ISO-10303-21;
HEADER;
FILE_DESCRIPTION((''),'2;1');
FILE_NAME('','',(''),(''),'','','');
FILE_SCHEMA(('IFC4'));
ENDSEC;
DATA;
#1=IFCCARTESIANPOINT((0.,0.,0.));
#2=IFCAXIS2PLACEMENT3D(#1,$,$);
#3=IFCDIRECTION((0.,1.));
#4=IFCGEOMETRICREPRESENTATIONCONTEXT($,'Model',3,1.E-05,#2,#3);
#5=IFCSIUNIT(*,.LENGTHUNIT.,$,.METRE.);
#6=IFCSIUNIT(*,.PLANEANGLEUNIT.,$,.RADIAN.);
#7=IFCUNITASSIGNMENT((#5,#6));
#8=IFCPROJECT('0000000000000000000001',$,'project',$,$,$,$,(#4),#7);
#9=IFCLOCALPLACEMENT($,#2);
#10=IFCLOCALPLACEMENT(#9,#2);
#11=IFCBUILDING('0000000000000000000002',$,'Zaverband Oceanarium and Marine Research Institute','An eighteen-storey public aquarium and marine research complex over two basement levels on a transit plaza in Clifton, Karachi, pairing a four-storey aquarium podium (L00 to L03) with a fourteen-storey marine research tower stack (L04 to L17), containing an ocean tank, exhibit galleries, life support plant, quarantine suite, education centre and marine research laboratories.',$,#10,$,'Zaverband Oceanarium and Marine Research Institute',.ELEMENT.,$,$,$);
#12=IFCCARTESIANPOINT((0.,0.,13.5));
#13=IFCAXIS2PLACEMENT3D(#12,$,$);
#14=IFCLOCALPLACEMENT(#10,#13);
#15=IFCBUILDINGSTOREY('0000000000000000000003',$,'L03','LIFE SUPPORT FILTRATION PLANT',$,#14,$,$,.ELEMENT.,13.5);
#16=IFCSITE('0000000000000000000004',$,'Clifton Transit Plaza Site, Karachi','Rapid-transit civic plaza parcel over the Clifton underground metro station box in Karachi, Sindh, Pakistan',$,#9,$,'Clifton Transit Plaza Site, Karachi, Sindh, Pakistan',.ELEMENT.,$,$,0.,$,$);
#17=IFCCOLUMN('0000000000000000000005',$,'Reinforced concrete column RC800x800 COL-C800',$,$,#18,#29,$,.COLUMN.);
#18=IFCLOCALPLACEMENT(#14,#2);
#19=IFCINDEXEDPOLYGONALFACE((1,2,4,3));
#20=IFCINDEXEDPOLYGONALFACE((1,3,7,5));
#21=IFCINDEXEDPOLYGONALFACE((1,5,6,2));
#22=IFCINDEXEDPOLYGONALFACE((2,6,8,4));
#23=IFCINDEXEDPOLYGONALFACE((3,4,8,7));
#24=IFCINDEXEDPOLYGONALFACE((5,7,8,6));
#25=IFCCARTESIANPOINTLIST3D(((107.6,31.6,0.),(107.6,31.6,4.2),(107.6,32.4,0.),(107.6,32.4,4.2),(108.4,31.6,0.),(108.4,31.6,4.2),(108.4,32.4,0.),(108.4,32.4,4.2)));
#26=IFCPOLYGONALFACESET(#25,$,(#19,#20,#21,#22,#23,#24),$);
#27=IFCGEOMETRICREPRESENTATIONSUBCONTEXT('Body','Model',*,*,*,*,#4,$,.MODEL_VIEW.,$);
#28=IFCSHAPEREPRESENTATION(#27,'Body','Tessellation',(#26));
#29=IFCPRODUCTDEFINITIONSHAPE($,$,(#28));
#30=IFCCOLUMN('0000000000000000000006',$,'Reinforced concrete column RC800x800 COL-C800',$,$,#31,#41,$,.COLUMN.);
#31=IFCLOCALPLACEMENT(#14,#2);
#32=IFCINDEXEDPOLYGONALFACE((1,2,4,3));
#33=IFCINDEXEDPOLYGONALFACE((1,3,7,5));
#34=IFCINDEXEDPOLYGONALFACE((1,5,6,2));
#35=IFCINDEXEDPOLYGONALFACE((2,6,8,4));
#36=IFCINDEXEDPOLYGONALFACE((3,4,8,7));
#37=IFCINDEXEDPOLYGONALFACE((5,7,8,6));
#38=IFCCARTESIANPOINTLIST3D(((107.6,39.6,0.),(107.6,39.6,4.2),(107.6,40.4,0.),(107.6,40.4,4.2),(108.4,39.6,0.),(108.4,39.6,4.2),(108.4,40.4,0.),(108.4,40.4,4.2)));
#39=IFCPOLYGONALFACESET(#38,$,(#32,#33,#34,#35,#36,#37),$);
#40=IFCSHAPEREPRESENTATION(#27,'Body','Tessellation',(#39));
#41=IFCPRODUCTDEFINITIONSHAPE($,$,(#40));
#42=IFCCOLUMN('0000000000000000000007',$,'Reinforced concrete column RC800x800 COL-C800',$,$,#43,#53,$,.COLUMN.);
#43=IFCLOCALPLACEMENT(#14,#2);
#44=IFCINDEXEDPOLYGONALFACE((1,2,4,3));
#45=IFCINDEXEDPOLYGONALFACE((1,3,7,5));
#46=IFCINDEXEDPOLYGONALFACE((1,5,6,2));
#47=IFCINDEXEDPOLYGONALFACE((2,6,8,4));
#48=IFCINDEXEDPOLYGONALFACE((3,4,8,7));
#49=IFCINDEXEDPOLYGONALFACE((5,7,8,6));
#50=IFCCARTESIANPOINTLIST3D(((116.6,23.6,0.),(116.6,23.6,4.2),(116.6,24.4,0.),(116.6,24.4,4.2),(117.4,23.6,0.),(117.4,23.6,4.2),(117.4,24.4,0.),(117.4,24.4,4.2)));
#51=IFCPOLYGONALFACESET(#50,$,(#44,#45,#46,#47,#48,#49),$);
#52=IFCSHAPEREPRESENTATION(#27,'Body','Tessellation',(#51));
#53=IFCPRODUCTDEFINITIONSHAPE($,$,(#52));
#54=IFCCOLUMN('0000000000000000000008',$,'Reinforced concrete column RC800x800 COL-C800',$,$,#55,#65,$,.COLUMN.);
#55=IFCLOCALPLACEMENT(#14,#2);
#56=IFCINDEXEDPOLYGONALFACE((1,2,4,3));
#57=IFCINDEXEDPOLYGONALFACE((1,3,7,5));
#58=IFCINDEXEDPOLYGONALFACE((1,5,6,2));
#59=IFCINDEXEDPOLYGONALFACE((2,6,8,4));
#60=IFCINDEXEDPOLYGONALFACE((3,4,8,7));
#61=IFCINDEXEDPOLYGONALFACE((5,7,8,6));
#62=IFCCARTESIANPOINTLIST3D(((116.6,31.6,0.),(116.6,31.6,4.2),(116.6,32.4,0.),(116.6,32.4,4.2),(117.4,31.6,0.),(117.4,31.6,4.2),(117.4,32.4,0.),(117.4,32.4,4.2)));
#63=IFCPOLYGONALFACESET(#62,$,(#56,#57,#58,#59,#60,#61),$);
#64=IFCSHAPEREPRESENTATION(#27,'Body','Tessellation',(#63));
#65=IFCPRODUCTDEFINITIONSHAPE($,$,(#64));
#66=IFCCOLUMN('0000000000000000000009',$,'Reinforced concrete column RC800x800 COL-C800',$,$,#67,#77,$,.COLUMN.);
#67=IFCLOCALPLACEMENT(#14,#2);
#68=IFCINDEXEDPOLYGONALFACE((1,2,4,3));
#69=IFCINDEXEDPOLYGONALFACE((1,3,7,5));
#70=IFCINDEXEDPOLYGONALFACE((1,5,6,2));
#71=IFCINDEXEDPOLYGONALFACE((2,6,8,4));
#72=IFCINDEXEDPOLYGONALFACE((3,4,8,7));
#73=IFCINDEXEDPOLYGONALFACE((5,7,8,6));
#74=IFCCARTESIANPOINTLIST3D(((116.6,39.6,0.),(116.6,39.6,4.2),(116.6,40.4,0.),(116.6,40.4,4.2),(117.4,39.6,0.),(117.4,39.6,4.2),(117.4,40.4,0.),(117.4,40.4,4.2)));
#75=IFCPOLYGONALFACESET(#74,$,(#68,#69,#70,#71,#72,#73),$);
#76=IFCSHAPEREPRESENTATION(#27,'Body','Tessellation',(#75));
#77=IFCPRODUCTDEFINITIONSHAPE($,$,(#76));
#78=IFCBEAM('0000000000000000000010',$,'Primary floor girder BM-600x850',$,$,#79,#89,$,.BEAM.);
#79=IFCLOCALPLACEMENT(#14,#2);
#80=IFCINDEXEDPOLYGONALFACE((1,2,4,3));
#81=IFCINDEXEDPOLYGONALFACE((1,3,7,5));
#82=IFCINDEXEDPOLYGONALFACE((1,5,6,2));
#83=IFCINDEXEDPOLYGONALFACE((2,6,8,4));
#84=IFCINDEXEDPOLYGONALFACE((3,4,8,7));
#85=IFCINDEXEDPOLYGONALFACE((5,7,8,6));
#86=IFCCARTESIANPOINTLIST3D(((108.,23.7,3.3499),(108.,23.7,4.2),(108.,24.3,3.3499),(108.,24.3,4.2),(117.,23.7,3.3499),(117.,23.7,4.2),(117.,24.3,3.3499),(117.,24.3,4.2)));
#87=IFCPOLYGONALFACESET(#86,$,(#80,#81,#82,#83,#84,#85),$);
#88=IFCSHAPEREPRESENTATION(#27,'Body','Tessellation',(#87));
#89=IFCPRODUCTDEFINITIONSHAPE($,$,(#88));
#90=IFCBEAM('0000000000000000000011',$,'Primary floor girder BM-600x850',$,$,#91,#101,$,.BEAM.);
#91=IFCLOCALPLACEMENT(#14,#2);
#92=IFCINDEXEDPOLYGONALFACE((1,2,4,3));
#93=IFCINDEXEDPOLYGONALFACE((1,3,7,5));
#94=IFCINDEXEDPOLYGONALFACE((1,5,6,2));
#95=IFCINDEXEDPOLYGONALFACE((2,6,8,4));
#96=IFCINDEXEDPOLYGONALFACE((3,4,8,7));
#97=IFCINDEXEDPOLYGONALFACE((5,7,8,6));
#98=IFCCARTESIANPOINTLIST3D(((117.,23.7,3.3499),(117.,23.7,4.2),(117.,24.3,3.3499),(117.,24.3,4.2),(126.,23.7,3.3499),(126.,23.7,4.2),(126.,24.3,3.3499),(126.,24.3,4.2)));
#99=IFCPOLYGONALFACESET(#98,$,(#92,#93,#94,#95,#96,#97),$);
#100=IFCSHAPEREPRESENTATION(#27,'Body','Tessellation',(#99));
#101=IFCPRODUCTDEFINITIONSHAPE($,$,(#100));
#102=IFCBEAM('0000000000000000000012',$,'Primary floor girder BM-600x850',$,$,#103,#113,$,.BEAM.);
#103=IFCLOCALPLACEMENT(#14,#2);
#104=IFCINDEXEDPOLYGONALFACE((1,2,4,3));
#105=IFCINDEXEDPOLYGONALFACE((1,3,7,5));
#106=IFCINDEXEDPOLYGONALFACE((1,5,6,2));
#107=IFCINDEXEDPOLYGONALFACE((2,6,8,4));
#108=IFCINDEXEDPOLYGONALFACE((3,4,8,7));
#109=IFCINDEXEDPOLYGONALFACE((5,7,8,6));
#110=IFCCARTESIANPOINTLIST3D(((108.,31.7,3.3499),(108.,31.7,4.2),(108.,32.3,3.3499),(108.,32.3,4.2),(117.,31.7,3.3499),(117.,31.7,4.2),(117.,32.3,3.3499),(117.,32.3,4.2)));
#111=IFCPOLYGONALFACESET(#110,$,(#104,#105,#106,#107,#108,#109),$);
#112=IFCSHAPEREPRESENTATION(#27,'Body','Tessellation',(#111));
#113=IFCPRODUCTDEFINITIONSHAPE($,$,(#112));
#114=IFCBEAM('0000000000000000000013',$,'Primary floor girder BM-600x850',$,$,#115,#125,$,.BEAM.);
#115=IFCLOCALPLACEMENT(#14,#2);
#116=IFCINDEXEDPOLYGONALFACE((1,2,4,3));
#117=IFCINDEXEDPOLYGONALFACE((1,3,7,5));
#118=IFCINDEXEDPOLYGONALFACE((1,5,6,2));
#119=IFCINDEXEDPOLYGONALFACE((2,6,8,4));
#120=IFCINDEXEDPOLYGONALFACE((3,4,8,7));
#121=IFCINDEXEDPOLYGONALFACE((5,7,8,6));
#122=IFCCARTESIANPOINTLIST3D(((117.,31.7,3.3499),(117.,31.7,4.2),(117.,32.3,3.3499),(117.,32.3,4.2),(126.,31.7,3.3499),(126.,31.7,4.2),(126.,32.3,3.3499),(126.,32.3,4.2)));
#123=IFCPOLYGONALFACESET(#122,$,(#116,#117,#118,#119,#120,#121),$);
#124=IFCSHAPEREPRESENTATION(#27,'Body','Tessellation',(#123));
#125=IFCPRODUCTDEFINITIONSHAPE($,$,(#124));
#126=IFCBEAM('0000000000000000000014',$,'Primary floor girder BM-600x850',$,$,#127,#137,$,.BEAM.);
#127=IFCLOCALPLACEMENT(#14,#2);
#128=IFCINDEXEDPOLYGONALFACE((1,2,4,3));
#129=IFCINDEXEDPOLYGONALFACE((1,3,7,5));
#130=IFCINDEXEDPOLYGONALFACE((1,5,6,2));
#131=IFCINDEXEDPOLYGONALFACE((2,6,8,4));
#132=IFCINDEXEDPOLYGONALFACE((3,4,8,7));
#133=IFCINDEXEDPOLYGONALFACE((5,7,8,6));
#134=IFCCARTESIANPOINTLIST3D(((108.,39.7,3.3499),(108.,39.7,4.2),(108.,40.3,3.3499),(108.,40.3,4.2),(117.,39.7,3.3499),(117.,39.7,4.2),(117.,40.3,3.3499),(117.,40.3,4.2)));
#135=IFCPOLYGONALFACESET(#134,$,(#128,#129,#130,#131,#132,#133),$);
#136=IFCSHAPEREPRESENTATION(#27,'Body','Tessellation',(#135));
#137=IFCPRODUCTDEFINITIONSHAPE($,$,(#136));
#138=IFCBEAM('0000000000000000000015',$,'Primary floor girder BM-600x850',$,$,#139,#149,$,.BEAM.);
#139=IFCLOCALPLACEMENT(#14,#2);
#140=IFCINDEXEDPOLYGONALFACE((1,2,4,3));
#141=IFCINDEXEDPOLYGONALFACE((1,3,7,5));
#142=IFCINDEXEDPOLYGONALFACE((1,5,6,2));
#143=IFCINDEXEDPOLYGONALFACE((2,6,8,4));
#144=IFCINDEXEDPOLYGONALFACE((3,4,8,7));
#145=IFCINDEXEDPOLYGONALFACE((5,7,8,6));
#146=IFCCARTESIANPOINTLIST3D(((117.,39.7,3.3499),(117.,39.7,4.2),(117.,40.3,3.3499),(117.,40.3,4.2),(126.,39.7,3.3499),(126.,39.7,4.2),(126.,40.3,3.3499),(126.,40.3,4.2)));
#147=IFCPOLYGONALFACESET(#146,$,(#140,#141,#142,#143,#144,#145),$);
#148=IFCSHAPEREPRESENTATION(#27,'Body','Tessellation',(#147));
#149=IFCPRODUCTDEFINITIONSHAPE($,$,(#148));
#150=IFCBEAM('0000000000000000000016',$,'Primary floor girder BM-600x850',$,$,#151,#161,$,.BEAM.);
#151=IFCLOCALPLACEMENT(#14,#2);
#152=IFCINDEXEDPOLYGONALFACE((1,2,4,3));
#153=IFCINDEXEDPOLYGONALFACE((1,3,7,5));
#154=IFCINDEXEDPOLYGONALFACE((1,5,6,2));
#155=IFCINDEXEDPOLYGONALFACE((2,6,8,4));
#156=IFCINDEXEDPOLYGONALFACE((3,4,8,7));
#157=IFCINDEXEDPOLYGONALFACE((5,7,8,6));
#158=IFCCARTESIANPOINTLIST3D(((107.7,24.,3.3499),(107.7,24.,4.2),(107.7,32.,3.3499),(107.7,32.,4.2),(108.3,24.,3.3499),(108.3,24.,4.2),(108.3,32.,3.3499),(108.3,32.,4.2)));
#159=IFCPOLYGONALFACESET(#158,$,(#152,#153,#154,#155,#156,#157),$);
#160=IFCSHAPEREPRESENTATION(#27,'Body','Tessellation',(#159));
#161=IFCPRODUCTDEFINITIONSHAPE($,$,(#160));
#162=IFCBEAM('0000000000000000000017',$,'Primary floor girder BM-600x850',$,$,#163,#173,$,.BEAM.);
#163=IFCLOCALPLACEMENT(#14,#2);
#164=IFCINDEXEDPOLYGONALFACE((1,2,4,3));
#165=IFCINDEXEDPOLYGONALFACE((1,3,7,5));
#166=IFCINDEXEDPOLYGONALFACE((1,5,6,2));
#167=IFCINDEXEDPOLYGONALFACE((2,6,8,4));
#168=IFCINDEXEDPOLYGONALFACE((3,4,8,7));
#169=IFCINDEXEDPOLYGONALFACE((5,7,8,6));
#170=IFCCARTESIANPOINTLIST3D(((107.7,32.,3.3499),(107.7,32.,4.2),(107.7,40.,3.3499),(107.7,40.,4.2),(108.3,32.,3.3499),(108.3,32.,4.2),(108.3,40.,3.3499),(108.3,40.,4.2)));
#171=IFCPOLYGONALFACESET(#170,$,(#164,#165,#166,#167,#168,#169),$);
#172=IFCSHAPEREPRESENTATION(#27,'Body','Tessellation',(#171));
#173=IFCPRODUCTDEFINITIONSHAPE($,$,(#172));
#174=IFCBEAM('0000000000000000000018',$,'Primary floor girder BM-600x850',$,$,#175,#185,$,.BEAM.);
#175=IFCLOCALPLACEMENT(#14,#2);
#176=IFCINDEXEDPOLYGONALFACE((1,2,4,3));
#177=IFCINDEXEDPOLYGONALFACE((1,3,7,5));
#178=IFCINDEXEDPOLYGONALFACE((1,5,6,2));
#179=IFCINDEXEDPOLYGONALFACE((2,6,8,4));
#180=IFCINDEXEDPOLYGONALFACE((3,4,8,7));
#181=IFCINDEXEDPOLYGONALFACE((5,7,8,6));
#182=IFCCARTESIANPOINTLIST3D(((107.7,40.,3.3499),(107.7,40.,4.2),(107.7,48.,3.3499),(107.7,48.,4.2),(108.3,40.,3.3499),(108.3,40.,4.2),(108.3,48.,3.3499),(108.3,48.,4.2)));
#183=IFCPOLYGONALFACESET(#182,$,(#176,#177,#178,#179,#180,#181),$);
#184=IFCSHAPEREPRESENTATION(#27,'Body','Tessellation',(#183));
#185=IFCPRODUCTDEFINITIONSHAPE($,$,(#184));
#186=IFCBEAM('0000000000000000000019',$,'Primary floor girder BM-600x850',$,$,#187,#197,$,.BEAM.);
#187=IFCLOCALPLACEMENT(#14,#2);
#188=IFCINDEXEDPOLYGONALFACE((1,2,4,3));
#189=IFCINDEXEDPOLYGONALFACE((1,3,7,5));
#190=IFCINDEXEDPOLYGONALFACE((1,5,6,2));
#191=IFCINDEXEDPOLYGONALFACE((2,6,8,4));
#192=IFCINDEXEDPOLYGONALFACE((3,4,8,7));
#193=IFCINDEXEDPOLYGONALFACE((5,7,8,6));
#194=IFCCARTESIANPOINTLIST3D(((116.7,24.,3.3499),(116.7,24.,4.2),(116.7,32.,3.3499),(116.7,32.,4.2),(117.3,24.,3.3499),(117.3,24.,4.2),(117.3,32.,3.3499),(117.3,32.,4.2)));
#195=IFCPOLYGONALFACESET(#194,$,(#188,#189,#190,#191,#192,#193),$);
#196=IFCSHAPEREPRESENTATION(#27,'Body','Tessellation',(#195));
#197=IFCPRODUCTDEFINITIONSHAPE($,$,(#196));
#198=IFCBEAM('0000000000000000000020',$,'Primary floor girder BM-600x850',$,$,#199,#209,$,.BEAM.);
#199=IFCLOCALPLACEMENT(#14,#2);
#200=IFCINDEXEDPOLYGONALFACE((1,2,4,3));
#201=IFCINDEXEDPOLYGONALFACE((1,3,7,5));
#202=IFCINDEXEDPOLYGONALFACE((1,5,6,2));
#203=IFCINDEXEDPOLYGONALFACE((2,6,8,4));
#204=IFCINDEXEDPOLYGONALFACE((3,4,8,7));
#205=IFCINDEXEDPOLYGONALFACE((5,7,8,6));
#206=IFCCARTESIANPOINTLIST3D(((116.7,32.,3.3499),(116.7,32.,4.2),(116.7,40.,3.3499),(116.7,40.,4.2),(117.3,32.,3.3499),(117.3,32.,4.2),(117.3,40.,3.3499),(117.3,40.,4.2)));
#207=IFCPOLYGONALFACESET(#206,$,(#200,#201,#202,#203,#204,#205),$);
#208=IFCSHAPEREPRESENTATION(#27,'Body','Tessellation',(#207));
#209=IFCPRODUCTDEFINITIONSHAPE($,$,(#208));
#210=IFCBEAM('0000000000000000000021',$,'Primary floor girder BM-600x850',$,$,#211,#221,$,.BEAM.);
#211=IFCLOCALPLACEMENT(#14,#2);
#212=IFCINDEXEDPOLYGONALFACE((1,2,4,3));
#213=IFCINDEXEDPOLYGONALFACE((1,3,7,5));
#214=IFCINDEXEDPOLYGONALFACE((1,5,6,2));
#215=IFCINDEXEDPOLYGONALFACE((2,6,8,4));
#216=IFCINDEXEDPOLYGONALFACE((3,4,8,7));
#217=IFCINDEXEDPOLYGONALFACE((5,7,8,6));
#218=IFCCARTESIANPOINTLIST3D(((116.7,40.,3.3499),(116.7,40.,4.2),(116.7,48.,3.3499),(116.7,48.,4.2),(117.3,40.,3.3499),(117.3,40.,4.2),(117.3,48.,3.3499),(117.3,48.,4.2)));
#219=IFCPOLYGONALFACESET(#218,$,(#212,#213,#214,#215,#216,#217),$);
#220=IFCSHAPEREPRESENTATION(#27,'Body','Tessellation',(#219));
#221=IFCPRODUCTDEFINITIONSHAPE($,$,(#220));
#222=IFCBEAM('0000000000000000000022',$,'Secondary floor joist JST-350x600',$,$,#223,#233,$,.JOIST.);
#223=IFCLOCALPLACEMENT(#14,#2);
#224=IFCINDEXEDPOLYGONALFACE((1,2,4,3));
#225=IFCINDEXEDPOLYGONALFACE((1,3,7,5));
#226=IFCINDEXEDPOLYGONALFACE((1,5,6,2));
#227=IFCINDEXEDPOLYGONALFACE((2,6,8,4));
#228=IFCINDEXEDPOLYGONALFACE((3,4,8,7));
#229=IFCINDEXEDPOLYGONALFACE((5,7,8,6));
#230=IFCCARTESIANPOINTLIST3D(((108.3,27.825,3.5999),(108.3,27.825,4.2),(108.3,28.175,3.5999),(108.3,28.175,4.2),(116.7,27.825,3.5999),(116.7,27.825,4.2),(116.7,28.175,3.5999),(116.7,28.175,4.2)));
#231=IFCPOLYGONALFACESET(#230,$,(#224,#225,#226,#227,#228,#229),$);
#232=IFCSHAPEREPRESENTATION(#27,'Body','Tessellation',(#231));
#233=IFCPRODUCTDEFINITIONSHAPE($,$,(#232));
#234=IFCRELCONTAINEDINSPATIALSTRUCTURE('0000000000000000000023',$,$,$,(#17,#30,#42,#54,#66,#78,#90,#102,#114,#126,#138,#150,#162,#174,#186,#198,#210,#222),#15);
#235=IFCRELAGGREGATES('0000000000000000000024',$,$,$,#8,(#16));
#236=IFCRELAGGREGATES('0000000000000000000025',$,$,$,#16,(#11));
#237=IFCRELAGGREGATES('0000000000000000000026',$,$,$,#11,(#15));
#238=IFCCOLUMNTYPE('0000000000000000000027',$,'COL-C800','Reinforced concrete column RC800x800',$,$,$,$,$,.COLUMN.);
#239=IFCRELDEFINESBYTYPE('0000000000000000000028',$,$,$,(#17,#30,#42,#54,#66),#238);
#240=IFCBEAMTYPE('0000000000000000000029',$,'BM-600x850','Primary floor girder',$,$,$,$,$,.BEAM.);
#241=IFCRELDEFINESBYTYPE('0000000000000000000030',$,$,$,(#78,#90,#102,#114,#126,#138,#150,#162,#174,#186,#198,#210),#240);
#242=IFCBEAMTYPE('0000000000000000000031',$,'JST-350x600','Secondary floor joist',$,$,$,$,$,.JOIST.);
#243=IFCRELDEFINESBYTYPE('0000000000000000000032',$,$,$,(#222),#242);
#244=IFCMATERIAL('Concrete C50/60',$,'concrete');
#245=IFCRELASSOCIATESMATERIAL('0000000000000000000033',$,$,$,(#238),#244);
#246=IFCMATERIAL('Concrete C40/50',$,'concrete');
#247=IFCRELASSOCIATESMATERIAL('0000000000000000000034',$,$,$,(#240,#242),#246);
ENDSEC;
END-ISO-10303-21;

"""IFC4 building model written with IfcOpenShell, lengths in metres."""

from ifc_helpers import new_model, si_unit, direction, frame, origin, origin_2d, place, context, subcontext, project, spatial, rectangle, extrude, material, material_profile, profile_set, type_object, element, save


model = new_model("IFC4")

# Units and contexts
model_context = context("Model", 3, precision=1e-05, world=origin(), true_north=direction((0.0, 1.0)))
body_context = subcontext(model_context, "Body", "Model", "MODEL_VIEW")
ifc_project = project(units=[si_unit("LENGTHUNIT", "METRE"), si_unit("PLANEANGLEUNIT", "RADIAN")], contexts=[model_context])

# Site, building, storey
site_placement = place(None, origin())
site = spatial("IfcSite", under=ifc_project, at=site_placement, Name="Clifton Transit Plaza Site, Karachi", Description="Rapid-transit civic plaza parcel over the Clifton underground metro station box in Karachi, Sindh, Pakistan", LongName="Clifton Transit Plaza Site, Karachi, Sindh, Pakistan", CompositionType="ELEMENT", RefElevation=0.0)
building_placement = place(site_placement, origin())
building = spatial("IfcBuilding", under=site, at=building_placement, Name="Zaverband Oceanarium and Marine Research Institute", Description="An eighteen-storey public aquarium and marine research complex over two basement levels on a transit plaza in Clifton, Karachi, pairing a four-storey aquarium podium (L00 to L03) with a fourteen-storey marine research tower stack (L04 to L17), containing an ocean tank, exhibit galleries, life support plant, quarantine suite, education centre and marine research laboratories.", LongName="Zaverband Oceanarium and Marine Research Institute", CompositionType="ELEMENT")
storey_placement = place(building_placement, frame((0.0, 0.0, 13.5)))
storey = spatial("IfcBuildingStorey", under=building, at=storey_placement, Name="L03", Description="LIFE SUPPORT FILTRATION PLANT", CompositionType="ELEMENT", Elevation=13.5)

# Columns
ifc_material_1 = material(Name="Concrete C50/60", Category="concrete")
ifc_material_profile_1 = material_profile(ifc_material_1, rectangle(XDim=0.8, YDim=0.8, at=origin_2d()), Name="RC800x800")
ifc_profile_set_1 = profile_set([ifc_material_profile_1], Name="Concrete C50/60")
column_type = type_object("IfcColumnType", Name="COL-C800", Description="Reinforced concrete column RC800x800", PredefinedType="COLUMN", material=ifc_profile_set_1)
for number, where, z_axis, x_axis, name in (
    (1, (108.0, 32.0, 0.0), (0.0, 0.0, 1.0), (1.0, 0.0, 0.0), "Reinforced concrete column RC800x800 COL-C800"),
    (2, (108.0, 40.0, 0.0), (0.0, 0.0, 1.0), (1.0, 0.0, 0.0), "Reinforced concrete column RC800x800 COL-C800"),
    (3, (117.0, 24.0, 0.0), (0.0, 0.0, 1.0), (1.0, 0.0, 0.0), "Reinforced concrete column RC800x800 COL-C800"),
    (4, (117.0, 32.0, 0.0), (0.0, 0.0, 1.0), (1.0, 0.0, 0.0), "Reinforced concrete column RC800x800 COL-C800"),
    (5, (117.0, 40.0, 0.0), (0.0, 0.0, 1.0), (1.0, 0.0, 0.0), "Reinforced concrete column RC800x800 COL-C800"),
):
    element("IfcColumn", number, at=place(storey_placement, frame(where, z_axis=z_axis, x_axis=x_axis)), inside=storey, type_object=column_type, Name=name, PredefinedType="COLUMN", context=body_context, shape_type="SweptSolid", body=[
        extrude(rectangle(XDim=0.8, YDim=0.8, at=origin_2d()), origin(), (0.0, 0.0, 1.0), 4.2),
    ])

# Beams
ifc_material_2 = material(Name="Concrete C40/50", Category="concrete")
ifc_material_profile_2 = material_profile(ifc_material_2, rectangle(XDim=0.6001, YDim=0.8501, at=origin_2d()), Name="RC600x850")
ifc_profile_set_2 = profile_set([ifc_material_profile_2], Name="Concrete C40/50")
beam_type_1 = type_object("IfcBeamType", Name="BM-600x850", Description="Primary floor girder", PredefinedType="BEAM", material=ifc_profile_set_2)
for number, where, z_axis, x_axis, name in (
    (6, (108.0, 24.0, 3.7749), (1.0, 0.0, 0.0), (0.0, 1.0, 0.0), "Primary floor girder BM-600x850"),
    (7, (117.0, 24.0, 3.7749), (1.0, 0.0, 0.0), (0.0, 1.0, 0.0), "Primary floor girder BM-600x850"),
    (8, (108.0, 32.0, 3.7749), (1.0, 0.0, 0.0), (0.0, 1.0, 0.0), "Primary floor girder BM-600x850"),
    (9, (117.0, 32.0, 3.7749), (1.0, 0.0, 0.0), (0.0, 1.0, 0.0), "Primary floor girder BM-600x850"),
    (10, (108.0, 40.0, 3.7749), (1.0, 0.0, 0.0), (0.0, 1.0, 0.0), "Primary floor girder BM-600x850"),
    (11, (117.0, 40.0, 3.7749), (1.0, 0.0, 0.0), (0.0, 1.0, 0.0), "Primary floor girder BM-600x850"),
):
    element("IfcBeam", number, at=place(storey_placement, frame(where, z_axis=z_axis, x_axis=x_axis)), inside=storey, type_object=beam_type_1, Name=name, PredefinedType="BEAM", context=body_context, shape_type="SweptSolid", body=[
        extrude(rectangle(XDim=0.6001, YDim=0.8501, at=origin_2d()), origin(), (0.0, 0.0, 1.0), 9.0),
    ])
for number, where, z_axis, x_axis, name in (
    (12, (108.0, 24.0, 3.7749), (0.0, 1.0, 0.0), (-1.0, 0.0, 0.0), "Primary floor girder BM-600x850"),
    (13, (108.0, 32.0, 3.7749), (0.0, 1.0, 0.0), (-1.0, 0.0, 0.0), "Primary floor girder BM-600x850"),
    (14, (108.0, 40.0, 3.7749), (0.0, 1.0, 0.0), (-1.0, 0.0, 0.0), "Primary floor girder BM-600x850"),
    (15, (117.0, 24.0, 3.7749), (0.0, 1.0, 0.0), (-1.0, 0.0, 0.0), "Primary floor girder BM-600x850"),
    (16, (117.0, 32.0, 3.7749), (0.0, 1.0, 0.0), (-1.0, 0.0, 0.0), "Primary floor girder BM-600x850"),
    (17, (117.0, 40.0, 3.7749), (0.0, 1.0, 0.0), (-1.0, 0.0, 0.0), "Primary floor girder BM-600x850"),
):
    element("IfcBeam", number, at=place(storey_placement, frame(where, z_axis=z_axis, x_axis=x_axis)), inside=storey, type_object=beam_type_1, Name=name, PredefinedType="BEAM", context=body_context, shape_type="SweptSolid", body=[
        extrude(rectangle(XDim=0.6001, YDim=0.8501, at=origin_2d()), origin(), (0.0, 0.0, 1.0), 8.0),
    ])
ifc_material_profile_3 = material_profile(ifc_material_2, rectangle(XDim=0.3501, YDim=0.6001, at=origin_2d()), Name="RC350x600")
ifc_profile_set_3 = profile_set([ifc_material_profile_3], Name="Concrete C40/50")
beam_type_2 = type_object("IfcBeamType", Name="JST-350x600", Description="Secondary floor joist", PredefinedType="JOIST", material=ifc_profile_set_3)
for number, where, z_axis, x_axis, name in (
    (18, (108.3, 28.0, 3.8999), (1.0, 0.0, 0.0), (0.0, 1.0, 0.0), "Secondary floor joist JST-350x600"),
):
    element("IfcBeam", number, at=place(storey_placement, frame(where, z_axis=z_axis, x_axis=x_axis)), inside=storey, type_object=beam_type_2, Name=name, PredefinedType="JOIST", context=body_context, shape_type="SweptSolid", body=[
        extrude(rectangle(XDim=0.3501, YDim=0.6001, at=origin_2d()), origin(), (0.0, 0.0, 1.0), 8.3999),
    ])

save(model, "model.ifc")
